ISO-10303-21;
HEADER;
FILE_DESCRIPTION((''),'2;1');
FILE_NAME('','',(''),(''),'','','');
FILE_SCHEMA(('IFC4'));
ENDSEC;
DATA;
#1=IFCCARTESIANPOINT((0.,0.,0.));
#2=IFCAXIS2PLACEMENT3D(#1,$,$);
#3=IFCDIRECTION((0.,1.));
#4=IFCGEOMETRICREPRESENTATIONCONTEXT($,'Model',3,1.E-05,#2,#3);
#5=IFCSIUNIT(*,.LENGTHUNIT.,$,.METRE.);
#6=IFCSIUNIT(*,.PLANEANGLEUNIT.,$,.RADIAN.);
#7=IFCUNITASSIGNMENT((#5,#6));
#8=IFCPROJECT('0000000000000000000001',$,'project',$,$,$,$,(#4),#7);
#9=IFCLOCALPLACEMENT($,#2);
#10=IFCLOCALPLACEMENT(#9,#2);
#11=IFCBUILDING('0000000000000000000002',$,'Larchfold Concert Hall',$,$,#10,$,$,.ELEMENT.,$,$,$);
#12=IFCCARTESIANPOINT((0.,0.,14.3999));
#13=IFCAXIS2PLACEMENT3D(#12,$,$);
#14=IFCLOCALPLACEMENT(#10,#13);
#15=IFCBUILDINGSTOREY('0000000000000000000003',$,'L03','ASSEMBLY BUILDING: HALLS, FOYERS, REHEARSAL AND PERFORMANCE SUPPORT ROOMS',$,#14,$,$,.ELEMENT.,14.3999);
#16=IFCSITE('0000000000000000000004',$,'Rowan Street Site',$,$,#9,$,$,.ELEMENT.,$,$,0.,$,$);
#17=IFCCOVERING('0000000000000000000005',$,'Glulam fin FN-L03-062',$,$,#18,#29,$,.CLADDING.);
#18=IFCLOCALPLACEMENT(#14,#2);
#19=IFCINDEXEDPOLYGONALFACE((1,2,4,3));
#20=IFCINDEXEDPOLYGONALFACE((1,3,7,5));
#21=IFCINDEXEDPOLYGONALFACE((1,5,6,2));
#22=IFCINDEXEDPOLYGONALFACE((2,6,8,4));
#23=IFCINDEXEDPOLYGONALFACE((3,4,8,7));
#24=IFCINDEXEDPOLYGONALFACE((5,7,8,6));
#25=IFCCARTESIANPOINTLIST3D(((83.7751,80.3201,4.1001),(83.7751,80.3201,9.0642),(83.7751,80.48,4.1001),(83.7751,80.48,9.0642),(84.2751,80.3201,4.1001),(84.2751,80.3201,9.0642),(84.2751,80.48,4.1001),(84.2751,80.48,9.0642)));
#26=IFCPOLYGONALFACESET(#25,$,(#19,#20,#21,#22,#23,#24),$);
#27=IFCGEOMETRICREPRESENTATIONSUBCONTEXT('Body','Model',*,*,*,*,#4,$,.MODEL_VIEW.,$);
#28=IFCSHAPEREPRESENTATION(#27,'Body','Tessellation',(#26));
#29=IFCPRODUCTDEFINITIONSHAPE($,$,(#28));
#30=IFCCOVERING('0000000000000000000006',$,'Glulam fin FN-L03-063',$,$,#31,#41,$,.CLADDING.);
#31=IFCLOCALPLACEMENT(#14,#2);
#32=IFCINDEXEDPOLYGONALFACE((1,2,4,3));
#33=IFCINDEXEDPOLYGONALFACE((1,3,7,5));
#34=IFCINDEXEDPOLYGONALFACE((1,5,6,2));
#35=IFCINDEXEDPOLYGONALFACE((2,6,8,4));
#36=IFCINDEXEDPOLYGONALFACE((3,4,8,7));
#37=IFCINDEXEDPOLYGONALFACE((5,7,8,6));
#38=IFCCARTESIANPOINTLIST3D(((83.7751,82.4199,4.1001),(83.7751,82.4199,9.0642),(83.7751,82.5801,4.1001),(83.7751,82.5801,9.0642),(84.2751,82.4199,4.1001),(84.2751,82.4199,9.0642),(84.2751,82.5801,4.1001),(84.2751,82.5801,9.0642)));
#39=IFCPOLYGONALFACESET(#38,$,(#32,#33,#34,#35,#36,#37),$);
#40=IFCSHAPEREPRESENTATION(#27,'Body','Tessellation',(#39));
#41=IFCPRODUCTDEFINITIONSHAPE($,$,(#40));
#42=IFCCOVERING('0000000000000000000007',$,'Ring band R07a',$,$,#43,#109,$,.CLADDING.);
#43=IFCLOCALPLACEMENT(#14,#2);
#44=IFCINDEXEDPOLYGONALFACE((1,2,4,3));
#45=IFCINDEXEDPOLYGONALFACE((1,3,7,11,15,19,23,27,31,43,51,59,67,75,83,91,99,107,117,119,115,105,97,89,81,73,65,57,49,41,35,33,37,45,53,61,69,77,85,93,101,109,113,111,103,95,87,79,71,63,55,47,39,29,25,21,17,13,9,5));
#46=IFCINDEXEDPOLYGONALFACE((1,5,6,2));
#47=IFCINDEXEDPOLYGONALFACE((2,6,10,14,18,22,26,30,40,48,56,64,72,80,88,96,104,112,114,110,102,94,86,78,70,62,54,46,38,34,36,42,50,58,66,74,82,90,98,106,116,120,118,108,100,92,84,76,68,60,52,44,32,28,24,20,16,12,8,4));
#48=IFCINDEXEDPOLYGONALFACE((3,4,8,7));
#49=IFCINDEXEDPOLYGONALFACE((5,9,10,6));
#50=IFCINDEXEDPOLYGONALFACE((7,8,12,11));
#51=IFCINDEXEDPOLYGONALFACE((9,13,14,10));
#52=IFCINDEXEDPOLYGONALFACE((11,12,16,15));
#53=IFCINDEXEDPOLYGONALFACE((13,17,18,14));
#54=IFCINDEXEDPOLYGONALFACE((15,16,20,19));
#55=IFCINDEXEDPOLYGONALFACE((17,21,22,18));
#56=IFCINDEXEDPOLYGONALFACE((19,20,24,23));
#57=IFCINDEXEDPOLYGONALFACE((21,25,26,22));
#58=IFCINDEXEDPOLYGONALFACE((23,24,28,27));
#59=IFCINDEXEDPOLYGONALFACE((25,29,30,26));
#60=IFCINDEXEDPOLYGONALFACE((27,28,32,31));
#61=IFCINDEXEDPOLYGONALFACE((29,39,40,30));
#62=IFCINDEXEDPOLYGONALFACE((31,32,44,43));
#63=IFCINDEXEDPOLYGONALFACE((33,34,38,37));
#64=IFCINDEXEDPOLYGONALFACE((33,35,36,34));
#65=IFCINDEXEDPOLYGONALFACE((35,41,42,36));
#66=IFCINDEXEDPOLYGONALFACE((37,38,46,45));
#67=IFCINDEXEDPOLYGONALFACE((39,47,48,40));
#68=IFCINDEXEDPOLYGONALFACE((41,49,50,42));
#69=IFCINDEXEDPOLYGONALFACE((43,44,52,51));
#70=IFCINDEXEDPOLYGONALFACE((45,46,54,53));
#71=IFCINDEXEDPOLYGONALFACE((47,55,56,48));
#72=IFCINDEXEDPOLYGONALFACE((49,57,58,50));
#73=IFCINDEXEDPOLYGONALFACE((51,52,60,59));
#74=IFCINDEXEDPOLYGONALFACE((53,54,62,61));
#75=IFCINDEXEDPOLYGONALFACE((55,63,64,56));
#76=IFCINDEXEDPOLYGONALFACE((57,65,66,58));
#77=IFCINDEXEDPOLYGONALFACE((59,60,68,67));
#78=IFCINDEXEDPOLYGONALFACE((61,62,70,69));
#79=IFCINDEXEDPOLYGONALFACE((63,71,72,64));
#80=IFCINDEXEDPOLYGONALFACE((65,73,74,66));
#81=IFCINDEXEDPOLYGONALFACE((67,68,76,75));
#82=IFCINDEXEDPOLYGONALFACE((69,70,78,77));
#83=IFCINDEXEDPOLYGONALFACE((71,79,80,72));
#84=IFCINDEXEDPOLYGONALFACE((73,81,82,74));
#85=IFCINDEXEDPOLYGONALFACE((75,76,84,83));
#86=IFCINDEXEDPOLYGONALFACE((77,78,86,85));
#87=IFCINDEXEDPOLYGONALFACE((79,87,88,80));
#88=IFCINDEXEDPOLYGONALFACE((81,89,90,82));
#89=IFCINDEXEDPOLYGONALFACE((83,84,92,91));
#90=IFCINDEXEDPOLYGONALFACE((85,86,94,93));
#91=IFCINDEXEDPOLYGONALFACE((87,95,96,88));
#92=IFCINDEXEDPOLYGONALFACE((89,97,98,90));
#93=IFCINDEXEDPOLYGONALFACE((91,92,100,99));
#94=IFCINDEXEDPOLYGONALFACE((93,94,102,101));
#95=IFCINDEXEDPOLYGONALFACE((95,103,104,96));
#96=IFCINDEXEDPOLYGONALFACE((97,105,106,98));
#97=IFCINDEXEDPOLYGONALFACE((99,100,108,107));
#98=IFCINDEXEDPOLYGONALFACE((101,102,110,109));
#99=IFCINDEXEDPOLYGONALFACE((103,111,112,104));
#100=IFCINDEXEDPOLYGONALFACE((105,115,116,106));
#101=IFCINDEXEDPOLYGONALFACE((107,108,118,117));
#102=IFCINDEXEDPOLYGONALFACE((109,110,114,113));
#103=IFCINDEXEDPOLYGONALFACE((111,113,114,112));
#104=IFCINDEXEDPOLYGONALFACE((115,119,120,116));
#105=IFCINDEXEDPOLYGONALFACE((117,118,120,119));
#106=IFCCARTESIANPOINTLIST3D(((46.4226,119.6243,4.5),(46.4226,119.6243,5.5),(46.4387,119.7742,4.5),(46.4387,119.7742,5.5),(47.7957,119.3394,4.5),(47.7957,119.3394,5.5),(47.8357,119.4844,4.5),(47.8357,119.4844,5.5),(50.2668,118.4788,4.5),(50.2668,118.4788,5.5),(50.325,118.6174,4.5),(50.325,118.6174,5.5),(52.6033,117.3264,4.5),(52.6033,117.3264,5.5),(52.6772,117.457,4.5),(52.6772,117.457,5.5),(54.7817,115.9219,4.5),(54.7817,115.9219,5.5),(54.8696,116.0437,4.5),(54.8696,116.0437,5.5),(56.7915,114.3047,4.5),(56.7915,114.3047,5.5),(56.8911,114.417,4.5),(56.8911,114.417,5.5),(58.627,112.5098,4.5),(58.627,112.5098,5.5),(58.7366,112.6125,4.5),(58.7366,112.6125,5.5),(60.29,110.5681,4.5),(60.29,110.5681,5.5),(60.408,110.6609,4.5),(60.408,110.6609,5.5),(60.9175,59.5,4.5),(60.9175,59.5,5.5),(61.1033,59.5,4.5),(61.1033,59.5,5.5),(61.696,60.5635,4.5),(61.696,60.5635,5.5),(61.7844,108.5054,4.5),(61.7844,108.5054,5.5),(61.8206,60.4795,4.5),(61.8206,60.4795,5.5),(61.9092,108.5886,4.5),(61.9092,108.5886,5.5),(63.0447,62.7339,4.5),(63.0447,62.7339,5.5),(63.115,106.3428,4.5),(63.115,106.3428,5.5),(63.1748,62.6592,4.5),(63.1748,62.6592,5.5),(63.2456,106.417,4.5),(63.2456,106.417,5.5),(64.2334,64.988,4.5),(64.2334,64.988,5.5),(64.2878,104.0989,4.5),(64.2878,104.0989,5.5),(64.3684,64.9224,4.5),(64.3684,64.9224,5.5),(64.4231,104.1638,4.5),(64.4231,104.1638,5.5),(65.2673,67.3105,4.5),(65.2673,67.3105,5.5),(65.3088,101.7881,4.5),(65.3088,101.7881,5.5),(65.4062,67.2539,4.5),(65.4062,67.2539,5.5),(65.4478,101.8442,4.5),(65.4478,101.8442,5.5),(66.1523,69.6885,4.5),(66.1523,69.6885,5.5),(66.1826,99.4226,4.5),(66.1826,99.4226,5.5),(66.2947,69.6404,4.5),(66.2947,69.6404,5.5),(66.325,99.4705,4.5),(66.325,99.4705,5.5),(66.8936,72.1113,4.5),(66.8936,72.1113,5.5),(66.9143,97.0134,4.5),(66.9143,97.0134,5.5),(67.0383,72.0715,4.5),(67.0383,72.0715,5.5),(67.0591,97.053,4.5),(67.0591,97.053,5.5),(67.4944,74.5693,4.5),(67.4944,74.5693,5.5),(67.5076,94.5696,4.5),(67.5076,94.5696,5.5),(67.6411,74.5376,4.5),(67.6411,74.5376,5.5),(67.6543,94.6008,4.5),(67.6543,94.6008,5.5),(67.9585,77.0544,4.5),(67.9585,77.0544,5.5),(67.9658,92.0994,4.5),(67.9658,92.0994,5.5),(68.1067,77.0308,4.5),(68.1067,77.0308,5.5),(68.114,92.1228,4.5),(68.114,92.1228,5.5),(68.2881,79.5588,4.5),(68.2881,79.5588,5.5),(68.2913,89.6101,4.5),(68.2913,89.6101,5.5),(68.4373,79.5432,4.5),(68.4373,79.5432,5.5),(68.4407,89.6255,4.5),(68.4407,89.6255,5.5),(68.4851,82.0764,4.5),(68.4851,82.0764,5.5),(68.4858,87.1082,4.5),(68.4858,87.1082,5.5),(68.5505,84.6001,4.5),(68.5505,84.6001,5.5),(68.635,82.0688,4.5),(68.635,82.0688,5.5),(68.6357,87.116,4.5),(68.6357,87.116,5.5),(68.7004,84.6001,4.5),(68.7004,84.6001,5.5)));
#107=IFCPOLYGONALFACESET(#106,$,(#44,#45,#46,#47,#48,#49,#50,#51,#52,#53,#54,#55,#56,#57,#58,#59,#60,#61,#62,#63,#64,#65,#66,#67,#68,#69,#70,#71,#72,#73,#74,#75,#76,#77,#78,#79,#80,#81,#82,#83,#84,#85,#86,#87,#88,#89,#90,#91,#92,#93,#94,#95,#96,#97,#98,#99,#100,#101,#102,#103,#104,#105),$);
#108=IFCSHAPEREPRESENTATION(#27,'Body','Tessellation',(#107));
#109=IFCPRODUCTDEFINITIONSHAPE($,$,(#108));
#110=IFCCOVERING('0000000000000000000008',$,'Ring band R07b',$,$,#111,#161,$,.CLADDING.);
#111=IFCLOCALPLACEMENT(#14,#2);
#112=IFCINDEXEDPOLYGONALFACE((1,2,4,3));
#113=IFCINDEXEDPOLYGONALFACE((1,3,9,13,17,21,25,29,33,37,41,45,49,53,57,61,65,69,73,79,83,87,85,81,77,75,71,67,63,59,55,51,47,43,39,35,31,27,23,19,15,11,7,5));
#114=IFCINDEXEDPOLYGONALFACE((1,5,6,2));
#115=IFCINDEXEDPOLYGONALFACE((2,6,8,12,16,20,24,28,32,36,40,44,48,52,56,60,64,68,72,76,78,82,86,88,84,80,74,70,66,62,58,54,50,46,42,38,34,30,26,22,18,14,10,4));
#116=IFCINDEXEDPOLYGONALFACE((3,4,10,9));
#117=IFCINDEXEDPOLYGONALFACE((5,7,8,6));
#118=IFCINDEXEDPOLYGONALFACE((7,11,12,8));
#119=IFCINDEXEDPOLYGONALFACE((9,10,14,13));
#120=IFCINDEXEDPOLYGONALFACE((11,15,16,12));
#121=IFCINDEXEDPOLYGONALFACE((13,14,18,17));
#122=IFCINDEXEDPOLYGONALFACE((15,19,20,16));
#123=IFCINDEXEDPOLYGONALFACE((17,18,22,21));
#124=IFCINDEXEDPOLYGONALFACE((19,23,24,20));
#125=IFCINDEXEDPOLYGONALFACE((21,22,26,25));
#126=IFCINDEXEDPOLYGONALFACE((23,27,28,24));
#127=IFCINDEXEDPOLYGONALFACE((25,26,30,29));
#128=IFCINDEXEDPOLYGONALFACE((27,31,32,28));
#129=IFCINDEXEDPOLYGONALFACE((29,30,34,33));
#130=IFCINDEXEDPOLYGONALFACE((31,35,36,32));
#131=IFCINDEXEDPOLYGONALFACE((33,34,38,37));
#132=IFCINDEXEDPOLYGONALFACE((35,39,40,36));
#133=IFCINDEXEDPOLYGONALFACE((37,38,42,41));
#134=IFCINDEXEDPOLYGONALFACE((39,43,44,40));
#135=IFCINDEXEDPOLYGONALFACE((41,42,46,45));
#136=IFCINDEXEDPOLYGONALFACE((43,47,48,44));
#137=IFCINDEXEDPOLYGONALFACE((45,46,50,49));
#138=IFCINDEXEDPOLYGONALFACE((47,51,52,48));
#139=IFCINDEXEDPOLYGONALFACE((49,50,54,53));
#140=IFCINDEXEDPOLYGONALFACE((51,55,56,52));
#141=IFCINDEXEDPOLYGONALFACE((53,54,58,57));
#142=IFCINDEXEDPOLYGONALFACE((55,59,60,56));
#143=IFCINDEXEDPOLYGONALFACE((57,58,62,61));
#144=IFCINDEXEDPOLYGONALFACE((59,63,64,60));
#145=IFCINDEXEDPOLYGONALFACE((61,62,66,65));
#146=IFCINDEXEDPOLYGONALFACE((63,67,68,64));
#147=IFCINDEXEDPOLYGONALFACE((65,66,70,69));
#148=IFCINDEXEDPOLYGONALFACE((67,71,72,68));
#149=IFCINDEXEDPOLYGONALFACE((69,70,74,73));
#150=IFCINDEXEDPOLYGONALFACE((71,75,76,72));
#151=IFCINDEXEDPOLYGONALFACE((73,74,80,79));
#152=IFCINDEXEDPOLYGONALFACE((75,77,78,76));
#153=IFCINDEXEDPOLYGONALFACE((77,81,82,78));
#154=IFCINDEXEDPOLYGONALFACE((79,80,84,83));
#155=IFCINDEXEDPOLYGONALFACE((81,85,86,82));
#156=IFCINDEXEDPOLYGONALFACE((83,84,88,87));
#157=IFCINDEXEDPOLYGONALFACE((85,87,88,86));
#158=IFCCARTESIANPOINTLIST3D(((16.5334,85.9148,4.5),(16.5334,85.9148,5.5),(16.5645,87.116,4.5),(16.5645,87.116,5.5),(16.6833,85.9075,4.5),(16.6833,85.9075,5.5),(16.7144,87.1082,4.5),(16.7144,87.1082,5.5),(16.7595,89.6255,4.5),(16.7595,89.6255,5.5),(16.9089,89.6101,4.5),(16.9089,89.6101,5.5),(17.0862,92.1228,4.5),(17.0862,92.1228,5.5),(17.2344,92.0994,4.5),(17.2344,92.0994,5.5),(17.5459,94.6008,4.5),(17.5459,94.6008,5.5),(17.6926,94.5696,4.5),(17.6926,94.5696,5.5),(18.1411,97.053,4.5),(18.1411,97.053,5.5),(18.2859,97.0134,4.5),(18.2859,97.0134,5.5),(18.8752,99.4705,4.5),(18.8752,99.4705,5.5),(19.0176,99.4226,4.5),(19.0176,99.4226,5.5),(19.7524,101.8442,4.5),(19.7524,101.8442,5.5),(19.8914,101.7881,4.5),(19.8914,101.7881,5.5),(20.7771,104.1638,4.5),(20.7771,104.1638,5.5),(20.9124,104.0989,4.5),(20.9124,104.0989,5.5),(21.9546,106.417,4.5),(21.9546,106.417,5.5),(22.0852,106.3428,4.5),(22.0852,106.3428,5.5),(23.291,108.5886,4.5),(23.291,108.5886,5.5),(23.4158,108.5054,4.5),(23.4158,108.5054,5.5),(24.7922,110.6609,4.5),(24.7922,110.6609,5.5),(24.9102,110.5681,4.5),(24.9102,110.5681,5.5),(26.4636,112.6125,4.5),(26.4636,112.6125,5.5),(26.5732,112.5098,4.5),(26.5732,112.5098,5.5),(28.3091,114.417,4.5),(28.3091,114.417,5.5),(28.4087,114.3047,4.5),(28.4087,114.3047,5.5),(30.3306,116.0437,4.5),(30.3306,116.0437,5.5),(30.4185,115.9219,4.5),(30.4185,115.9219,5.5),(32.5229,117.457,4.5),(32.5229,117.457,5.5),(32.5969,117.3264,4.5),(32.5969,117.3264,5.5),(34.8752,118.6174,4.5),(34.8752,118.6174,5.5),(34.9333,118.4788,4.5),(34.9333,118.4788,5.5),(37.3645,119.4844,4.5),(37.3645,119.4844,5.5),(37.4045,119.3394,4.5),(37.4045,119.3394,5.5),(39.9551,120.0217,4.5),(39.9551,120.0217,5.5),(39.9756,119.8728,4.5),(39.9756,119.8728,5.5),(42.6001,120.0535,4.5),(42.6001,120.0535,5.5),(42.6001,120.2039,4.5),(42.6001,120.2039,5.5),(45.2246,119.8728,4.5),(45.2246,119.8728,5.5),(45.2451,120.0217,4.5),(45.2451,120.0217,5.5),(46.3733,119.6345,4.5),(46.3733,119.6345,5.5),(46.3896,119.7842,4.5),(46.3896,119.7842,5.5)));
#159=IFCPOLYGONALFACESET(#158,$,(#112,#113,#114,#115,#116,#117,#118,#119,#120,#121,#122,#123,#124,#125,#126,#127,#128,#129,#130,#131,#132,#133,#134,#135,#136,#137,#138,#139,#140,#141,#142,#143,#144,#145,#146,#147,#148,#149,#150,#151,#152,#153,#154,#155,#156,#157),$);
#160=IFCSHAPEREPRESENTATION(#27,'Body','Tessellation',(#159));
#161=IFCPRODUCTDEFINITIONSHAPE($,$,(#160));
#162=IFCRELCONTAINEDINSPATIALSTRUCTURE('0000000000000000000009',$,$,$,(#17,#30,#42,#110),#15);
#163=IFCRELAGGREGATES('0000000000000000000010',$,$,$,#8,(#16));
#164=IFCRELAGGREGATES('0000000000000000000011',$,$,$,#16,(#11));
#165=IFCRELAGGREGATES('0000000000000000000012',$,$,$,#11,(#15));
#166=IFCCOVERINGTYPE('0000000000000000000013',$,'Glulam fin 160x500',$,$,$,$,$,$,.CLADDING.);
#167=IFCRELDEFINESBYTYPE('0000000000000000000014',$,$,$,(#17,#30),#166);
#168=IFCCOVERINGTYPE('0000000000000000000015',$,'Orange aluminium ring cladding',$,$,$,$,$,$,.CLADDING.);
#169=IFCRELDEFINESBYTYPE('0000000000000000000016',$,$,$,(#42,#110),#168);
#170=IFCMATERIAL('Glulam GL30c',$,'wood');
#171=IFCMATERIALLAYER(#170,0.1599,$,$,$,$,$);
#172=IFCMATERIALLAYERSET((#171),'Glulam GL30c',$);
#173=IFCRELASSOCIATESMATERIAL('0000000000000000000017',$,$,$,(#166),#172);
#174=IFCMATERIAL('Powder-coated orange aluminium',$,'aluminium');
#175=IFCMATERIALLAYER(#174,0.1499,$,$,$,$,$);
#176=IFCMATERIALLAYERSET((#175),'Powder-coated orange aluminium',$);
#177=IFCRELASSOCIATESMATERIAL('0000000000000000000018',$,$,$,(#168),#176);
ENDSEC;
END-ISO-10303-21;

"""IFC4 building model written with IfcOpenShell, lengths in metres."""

from ifc_helpers import new_model, si_unit, direction, frame, origin, place, context, subcontext, project, spatial, polyline, outline, extrude, material, layer, layer_set, type_object, element, save


model = new_model("IFC4")

# Units and contexts
model_context = context("Model", 3, precision=1e-05, world=origin(), true_north=direction((0.0, 1.0)))
body_context = subcontext(model_context, "Body", "Model", "MODEL_VIEW")
ifc_project = project(units=[si_unit("LENGTHUNIT", "METRE"), si_unit("PLANEANGLEUNIT", "RADIAN")], contexts=[model_context])

# Site, building, storey
site_placement = place(None, origin())
site = spatial("IfcSite", under=ifc_project, at=site_placement, Name="Rowan Street Site", CompositionType="ELEMENT", RefElevation=0.0)
building_placement = place(site_placement, origin())
building = spatial("IfcBuilding", under=site, at=building_placement, Name="Larchfold Concert Hall", CompositionType="ELEMENT")
storey_placement = place(building_placement, frame((0.0, 0.0, 14.3999)))
storey = spatial("IfcBuildingStorey", under=building, at=storey_placement, Name="L03", Description="ASSEMBLY BUILDING: HALLS, FOYERS, REHEARSAL AND PERFORMANCE SUPPORT ROOMS", CompositionType="ELEMENT", Elevation=14.3999)

# Coverings
ifc_material_1 = material(Name="Glulam GL30c", Category="wood")
ifc_layer_1 = layer(ifc_material_1, 0.1599)
ifc_layer_set_1 = layer_set([ifc_layer_1], Name="Glulam GL30c")
covering_type_1 = type_object("IfcCoveringType", Name="Glulam fin 160x500", PredefinedType="CLADDING", material=ifc_layer_set_1)
covering_1_placement = place(storey_placement, frame((0.0, 0.0, 4.1001)))
element("IfcCovering", 1, at=covering_1_placement, inside=storey, type_object=covering_type_1, Name="Glulam fin FN-L03-062", PredefinedType="CLADDING", context=body_context, shape_type="SweptSolid", body=[
    extrude(outline(polyline([(84.2751, 80.3201), (84.2751, 80.48), (83.7751, 80.48), (83.7751, 80.3201), (84.2751, 80.3201)])), origin(), (0.0, 0.0, 1.0), 4.9641),
])
covering_2_placement = place(storey_placement, frame((0.0, 0.0, 4.1001)))
element("IfcCovering", 2, at=covering_2_placement, inside=storey, type_object=covering_type_1, Name="Glulam fin FN-L03-063", PredefinedType="CLADDING", context=body_context, shape_type="SweptSolid", body=[
    extrude(outline(polyline([(84.2751, 82.4199), (84.2751, 82.5801), (83.7751, 82.5801), (83.7751, 82.4199), (84.2751, 82.4199)])), origin(), (0.0, 0.0, 1.0), 4.9641),
])
ifc_material_2 = material(Name="Powder-coated orange aluminium", Category="aluminium")
ifc_layer_2 = layer(ifc_material_2, 0.1499)
ifc_layer_set_2 = layer_set([ifc_layer_2], Name="Powder-coated orange aluminium")
covering_type_2 = type_object("IfcCoveringType", Name="Orange aluminium ring cladding", PredefinedType="CLADDING", material=ifc_layer_set_2)
covering_3_placement = place(storey_placement, frame((0.0, 0.0, 4.5)))
element("IfcCovering", 3, at=covering_3_placement, inside=storey, type_object=covering_type_2, Name="Ring band R07a", PredefinedType="CLADDING", context=body_context, shape_type="SweptSolid", body=[
    extrude(outline(polyline([(67.6411, 74.5376), (68.1067, 77.0308), (68.4373, 79.5432), (68.635, 82.0688), (68.7004, 84.6001), (68.6357, 87.116), (68.4407, 89.6255), (68.114, 92.1228), (67.6543, 94.6008), (67.0591, 97.053), (66.325, 99.4705), (65.4478, 101.8442), (64.4231, 104.1638), (63.2456, 106.417), (61.9092, 108.5886), (60.408, 110.6609), (58.7366, 112.6125), (56.8911, 114.417), (54.8696, 116.0437), (52.6772, 117.457), (50.325, 118.6174), (47.8357, 119.4844), (46.4387, 119.7742), (46.4226, 119.6243), (47.7957, 119.3394), (50.2668, 118.4788), (52.6033, 117.3264), (54.7817, 115.9219), (56.7915, 114.3047), (58.627, 112.5098), (60.29, 110.5681), (61.7844, 108.5054), (63.115, 106.3428), (64.2878, 104.0989), (65.3088, 101.7881), (66.1826, 99.4226), (66.9143, 97.0134), (67.5076, 94.5696), (67.9658, 92.0994), (68.2913, 89.6101), (68.4858, 87.1082), (68.5505, 84.6001), (68.4851, 82.0764), (68.2881, 79.5588), (67.9585, 77.0544), (67.4944, 74.5693), (66.8936, 72.1113), (66.1523, 69.6885), (65.2673, 67.3105), (64.2334, 64.988), (63.0447, 62.7339), (61.696, 60.5635), (60.9175, 59.5), (61.1033, 59.5), (61.8206, 60.4795), (63.1748, 62.6592), (64.3684, 64.9224), (65.4062, 67.2539), (66.2947, 69.6404), (67.0383, 72.0715), (67.6411, 74.5376)])), origin(), (0.0, 0.0, 1.0), 1.0),
])
covering_4_placement = place(storey_placement, frame((0.0, 0.0, 4.5)))
element("IfcCovering", 4, at=covering_4_placement, inside=storey, type_object=covering_type_2, Name="Ring band R07b", PredefinedType="CLADDING", context=body_context, shape_type="SweptSolid", body=[
    extrude(outline(polyline([(42.6001, 120.0535), (45.2246, 119.8728), (46.3733, 119.6345), (46.3896, 119.7842), (45.2451, 120.0217), (42.6001, 120.2039), (39.9551, 120.0217), (37.3645, 119.4844), (34.8752, 118.6174), (32.5229, 117.457), (30.3306, 116.0437), (28.3091, 114.417), (26.4636, 112.6125), (24.7922, 110.6609), (23.291, 108.5886), (21.9546, 106.417), (20.7771, 104.1638), (19.7524, 101.8442), (18.8752, 99.4705), (18.1411, 97.053), (17.5459, 94.6008), (17.0862, 92.1228), (16.7595, 89.6255), (16.5645, 87.116), (16.5334, 85.9148), (16.6833, 85.9075), (16.7144, 87.1082), (16.9089, 89.6101), (17.2344, 92.0994), (17.6926, 94.5696), (18.2859, 97.0134), (19.0176, 99.4226), (19.8914, 101.7881), (20.9124, 104.0989), (22.0852, 106.3428), (23.4158, 108.5054), (24.9102, 110.5681), (26.5732, 112.5098), (28.4087, 114.3047), (30.4185, 115.9219), (32.5969, 117.3264), (34.9333, 118.4788), (37.4045, 119.3394), (39.9756, 119.8728), (42.6001, 120.0535)])), origin(), (0.0, 0.0, 1.0), 1.0),
])

save(model, "model.ifc")
